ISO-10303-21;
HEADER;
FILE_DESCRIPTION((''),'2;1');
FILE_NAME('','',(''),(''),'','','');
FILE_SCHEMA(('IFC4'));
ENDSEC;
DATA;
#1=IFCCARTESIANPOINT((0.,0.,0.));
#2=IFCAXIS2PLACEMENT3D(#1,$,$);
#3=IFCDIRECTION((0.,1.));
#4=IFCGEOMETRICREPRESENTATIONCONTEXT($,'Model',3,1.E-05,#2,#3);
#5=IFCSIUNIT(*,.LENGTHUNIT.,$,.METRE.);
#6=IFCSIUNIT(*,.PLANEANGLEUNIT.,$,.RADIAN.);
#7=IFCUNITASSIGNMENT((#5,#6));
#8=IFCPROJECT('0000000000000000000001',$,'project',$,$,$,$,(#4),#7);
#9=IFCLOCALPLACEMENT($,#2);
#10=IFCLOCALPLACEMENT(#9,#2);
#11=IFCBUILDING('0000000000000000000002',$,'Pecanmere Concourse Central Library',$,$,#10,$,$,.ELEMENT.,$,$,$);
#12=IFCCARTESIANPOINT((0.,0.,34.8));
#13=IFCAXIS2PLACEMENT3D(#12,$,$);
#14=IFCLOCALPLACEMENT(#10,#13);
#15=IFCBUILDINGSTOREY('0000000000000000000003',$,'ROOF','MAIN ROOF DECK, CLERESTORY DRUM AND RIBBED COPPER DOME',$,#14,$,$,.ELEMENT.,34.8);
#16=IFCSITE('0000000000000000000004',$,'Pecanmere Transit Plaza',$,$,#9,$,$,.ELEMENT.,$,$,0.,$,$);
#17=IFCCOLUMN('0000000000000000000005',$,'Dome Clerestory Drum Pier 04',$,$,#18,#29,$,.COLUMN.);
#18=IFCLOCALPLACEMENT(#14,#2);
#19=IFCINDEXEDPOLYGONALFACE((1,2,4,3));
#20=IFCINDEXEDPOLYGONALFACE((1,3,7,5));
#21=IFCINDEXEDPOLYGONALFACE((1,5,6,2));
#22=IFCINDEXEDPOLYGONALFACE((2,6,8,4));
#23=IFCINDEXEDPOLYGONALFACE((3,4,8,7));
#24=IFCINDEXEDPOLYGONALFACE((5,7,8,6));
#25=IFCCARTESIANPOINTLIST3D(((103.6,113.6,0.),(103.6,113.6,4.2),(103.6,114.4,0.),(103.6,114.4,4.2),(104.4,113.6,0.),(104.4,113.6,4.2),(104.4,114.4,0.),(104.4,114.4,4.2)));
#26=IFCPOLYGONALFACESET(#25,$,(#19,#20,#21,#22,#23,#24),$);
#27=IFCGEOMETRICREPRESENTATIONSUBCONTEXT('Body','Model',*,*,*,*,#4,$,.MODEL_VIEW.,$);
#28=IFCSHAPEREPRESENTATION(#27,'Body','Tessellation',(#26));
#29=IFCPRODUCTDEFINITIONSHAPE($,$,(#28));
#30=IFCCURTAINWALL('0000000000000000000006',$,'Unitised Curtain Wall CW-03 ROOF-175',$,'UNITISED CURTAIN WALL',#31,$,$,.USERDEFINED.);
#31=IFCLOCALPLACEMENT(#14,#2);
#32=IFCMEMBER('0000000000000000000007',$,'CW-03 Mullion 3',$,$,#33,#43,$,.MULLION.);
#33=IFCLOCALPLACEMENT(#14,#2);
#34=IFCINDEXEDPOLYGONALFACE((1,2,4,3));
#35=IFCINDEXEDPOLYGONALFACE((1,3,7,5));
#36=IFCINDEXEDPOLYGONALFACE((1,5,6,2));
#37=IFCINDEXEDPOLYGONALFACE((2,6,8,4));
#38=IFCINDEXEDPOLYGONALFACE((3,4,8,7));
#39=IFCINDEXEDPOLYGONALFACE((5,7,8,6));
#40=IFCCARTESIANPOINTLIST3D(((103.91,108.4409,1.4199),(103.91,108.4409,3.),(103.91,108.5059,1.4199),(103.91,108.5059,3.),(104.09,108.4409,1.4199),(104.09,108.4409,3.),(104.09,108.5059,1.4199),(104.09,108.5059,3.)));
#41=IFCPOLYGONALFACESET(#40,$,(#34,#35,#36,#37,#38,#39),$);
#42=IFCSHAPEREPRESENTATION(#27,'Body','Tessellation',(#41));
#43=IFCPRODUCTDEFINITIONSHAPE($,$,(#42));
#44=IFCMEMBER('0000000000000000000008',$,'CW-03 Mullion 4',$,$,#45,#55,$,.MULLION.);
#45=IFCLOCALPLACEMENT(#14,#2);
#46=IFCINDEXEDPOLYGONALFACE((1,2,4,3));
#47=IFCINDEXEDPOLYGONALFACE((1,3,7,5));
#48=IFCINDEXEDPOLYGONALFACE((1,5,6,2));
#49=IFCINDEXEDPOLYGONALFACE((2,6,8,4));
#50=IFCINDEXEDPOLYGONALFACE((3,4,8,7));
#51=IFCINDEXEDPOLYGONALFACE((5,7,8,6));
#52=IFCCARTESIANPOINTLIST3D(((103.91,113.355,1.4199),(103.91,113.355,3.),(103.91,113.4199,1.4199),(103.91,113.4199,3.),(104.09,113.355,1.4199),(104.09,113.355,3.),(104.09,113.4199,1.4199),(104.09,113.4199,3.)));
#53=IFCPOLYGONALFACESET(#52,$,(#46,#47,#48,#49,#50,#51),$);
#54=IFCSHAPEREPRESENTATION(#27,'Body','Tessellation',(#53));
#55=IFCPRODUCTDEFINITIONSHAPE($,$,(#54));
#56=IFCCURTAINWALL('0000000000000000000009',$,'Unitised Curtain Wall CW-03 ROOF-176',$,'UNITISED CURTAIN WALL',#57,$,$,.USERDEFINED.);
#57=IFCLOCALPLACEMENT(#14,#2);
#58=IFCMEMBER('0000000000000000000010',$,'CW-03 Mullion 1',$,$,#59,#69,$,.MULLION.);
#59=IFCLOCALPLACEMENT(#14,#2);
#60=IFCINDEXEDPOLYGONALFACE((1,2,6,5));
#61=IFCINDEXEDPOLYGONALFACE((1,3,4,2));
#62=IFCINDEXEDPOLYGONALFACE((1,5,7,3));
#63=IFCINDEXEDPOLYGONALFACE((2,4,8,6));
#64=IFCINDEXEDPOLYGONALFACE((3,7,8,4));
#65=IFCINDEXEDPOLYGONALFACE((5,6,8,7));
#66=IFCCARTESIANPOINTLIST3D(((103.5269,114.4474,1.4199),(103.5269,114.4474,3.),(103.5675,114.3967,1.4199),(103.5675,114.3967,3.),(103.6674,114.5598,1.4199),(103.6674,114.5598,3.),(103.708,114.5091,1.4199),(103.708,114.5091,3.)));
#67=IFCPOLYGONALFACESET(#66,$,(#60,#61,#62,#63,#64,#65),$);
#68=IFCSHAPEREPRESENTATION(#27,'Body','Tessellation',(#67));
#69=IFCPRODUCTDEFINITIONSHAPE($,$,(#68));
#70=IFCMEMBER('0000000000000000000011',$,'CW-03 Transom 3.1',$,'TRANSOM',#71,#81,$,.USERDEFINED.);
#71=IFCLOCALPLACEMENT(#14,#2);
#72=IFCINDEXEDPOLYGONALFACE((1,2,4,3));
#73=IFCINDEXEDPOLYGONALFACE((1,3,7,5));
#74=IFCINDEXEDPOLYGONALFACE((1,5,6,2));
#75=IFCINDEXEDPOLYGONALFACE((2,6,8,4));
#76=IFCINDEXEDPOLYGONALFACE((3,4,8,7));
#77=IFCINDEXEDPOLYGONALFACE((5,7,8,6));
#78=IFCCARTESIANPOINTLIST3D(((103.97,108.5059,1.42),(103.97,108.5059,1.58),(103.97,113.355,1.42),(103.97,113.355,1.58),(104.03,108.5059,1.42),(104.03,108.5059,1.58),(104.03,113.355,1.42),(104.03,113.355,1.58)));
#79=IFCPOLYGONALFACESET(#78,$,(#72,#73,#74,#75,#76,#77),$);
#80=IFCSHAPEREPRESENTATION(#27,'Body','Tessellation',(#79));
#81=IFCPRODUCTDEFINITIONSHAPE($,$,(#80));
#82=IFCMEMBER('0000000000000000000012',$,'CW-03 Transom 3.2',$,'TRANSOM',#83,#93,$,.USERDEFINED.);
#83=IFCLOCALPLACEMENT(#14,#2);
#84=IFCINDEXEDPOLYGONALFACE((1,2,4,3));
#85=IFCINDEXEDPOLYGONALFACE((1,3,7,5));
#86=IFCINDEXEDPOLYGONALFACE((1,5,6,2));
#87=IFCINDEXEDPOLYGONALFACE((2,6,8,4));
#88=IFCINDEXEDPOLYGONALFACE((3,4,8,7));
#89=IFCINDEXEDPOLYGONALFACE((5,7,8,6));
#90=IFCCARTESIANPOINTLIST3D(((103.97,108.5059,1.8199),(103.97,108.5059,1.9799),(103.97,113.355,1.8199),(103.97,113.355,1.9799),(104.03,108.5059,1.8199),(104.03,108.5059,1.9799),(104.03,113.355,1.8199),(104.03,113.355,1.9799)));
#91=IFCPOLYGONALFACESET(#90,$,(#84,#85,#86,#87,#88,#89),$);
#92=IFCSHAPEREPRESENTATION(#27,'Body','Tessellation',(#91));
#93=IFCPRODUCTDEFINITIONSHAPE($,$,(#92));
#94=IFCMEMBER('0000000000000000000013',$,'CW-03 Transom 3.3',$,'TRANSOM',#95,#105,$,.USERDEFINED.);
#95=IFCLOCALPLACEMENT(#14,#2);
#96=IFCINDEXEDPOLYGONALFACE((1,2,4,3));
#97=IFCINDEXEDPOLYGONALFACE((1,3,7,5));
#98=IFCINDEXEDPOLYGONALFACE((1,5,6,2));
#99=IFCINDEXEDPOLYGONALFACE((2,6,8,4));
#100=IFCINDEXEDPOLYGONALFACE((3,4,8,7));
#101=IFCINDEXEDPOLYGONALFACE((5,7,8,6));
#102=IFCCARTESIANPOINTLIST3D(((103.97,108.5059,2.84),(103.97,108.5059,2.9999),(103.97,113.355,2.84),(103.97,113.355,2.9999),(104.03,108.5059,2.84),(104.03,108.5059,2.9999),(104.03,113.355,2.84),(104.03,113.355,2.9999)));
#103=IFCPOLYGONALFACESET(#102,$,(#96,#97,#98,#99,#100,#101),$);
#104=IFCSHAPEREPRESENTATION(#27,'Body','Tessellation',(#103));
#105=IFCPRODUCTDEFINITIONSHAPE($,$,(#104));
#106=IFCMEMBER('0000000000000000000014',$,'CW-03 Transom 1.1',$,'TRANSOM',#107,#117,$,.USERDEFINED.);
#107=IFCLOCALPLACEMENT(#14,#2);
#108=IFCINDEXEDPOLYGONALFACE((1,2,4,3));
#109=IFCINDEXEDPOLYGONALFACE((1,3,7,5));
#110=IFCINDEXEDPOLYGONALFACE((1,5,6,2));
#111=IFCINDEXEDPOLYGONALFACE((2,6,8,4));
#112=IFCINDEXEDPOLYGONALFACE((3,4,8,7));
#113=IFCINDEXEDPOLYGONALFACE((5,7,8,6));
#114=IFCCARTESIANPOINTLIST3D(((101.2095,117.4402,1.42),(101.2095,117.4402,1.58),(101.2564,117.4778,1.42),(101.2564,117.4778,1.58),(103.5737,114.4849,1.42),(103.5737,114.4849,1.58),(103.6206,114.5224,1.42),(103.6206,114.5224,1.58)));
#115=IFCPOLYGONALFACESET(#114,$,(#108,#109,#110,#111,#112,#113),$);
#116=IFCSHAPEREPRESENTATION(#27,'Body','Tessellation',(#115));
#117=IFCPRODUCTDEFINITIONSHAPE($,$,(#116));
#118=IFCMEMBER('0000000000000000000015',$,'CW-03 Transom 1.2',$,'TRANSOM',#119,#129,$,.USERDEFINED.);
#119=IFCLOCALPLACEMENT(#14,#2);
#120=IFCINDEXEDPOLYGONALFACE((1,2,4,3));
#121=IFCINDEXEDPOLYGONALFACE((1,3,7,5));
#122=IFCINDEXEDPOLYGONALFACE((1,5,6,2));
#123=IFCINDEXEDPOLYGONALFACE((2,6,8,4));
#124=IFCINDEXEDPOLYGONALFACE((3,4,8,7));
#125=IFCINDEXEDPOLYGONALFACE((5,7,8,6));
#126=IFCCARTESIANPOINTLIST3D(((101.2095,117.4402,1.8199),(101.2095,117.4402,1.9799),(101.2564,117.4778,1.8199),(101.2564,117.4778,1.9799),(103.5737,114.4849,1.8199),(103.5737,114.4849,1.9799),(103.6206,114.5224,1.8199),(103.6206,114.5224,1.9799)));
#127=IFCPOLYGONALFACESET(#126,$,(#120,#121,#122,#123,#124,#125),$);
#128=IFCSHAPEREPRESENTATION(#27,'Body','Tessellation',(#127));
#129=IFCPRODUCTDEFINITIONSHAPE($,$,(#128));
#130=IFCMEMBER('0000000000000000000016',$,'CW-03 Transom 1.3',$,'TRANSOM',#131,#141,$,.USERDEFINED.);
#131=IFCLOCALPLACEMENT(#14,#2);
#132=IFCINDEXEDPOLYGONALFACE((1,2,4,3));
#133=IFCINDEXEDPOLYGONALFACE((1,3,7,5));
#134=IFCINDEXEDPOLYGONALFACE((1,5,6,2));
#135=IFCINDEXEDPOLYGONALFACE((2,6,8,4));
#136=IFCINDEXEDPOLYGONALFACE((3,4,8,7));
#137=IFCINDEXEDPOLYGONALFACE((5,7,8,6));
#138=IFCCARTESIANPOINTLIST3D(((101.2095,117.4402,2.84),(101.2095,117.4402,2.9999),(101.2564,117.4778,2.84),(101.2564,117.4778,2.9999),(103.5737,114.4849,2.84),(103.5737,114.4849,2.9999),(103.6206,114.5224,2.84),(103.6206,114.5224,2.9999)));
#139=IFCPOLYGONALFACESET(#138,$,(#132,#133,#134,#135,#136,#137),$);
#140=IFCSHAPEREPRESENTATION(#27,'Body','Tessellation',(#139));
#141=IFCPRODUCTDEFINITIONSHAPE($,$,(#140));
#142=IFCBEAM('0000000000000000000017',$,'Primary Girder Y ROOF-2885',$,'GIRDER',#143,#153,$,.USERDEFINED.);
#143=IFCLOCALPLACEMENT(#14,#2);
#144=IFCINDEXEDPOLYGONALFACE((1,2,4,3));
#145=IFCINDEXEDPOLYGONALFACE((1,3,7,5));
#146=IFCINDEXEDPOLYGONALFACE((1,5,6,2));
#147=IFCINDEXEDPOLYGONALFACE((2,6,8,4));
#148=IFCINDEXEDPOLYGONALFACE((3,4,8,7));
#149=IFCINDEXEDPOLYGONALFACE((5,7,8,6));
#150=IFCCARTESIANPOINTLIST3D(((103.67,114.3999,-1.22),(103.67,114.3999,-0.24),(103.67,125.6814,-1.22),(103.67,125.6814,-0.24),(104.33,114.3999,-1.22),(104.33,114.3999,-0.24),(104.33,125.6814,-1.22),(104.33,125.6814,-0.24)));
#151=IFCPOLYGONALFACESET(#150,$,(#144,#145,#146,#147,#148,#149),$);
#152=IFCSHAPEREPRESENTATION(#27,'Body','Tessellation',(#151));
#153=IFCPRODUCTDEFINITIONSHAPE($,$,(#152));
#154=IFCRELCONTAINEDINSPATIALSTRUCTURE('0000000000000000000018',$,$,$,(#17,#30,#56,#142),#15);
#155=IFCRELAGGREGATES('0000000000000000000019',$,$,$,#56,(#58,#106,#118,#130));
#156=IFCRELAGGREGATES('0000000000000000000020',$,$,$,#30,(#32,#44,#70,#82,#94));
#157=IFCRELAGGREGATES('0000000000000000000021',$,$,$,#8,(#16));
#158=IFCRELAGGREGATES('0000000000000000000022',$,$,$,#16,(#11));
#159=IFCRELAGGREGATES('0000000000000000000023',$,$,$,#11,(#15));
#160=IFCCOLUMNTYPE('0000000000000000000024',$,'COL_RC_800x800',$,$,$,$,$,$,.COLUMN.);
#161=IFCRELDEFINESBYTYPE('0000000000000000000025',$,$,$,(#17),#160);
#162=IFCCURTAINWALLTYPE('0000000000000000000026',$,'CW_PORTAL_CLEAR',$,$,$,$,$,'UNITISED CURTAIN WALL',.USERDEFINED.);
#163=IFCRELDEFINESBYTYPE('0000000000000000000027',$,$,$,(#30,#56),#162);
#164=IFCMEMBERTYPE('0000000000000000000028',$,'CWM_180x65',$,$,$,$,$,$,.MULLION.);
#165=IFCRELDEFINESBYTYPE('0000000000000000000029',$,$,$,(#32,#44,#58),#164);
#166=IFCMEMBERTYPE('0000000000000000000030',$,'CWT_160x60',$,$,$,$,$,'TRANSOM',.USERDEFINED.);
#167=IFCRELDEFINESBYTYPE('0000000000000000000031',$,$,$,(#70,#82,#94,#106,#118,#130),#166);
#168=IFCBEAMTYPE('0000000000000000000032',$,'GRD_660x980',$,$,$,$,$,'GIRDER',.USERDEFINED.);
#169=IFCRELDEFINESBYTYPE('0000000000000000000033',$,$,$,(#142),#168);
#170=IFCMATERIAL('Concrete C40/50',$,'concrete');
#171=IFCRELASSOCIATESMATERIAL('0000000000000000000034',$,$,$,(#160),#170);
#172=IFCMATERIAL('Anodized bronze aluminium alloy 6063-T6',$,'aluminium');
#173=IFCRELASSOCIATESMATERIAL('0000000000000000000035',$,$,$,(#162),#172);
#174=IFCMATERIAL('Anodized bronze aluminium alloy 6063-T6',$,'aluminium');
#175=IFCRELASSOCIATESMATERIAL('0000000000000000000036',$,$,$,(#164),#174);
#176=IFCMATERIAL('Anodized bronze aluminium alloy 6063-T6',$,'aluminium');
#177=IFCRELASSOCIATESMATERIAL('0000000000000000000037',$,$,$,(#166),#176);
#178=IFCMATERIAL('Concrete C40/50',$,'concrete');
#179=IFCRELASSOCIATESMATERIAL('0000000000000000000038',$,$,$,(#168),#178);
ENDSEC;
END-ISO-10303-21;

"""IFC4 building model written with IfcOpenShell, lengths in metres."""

from ifc_helpers import new_model, si_unit, direction, frame, origin, origin_2d, place, context, subcontext, project, spatial, rectangle, extrude, material, material_profile, profile_set, type_object, element, aggregate, save


model = new_model("IFC4")

# Units and contexts
model_context = context("Model", 3, precision=1e-05, world=origin(), true_north=direction((0.0, 1.0)))
body_context = subcontext(model_context, "Body", "Model", "MODEL_VIEW")
ifc_project = project(units=[si_unit("LENGTHUNIT", "METRE"), si_unit("PLANEANGLEUNIT", "RADIAN")], contexts=[model_context])

# Site, building, storey
site_placement = place(None, origin())
site = spatial("IfcSite", under=ifc_project, at=site_placement, Name="Pecanmere Transit Plaza", CompositionType="ELEMENT", RefElevation=0.0)
building_placement = place(site_placement, origin())
building = spatial("IfcBuilding", under=site, at=building_placement, Name="Pecanmere Concourse Central Library", CompositionType="ELEMENT")
storey_placement = place(building_placement, frame((0.0, 0.0, 34.8)))
storey = spatial("IfcBuildingStorey", under=building, at=storey_placement, Name="ROOF", Description="MAIN ROOF DECK, CLERESTORY DRUM AND RIBBED COPPER DOME", CompositionType="ELEMENT", Elevation=34.8)

# Column
ifc_material_1 = material(Name="Concrete C40/50", Category="concrete")
ifc_material_profile_1 = material_profile(ifc_material_1, rectangle(XDim=0.8, YDim=0.8, at=origin_2d()), Name="RC 800x800")
ifc_profile_set_1 = profile_set([ifc_material_profile_1], Name="Concrete C40/50")
column_type = type_object("IfcColumnType", Name="COL_RC_800x800", PredefinedType="COLUMN", material=ifc_profile_set_1)
column_placement = place(storey_placement, frame((104.0, 114.0, 0.0), z_axis=(0.0, 0.0, 1.0), x_axis=(1.0, 0.0, 0.0)))
element("IfcColumn", 1, at=column_placement, inside=storey, type_object=column_type, Name="Dome Clerestory Drum Pier 04", PredefinedType="COLUMN", context=body_context, shape_type="SweptSolid", body=[
    extrude(rectangle(XDim=0.8, YDim=0.8, at=origin_2d()), origin(), (0.0, 0.0, 1.0), 4.2),
])

# Curtain wall, members
ifc_material_2 = material(Name="Anodized bronze aluminium alloy 6063-T6", Category="aluminium")
curtain_wall_type = type_object("IfcCurtainWallType", Name="CW_PORTAL_CLEAR", ElementType="UNITISED CURTAIN WALL", PredefinedType="USERDEFINED", material=ifc_material_2)
curtain_wall_1_placement = place(storey_placement, origin())
curtain_wall_1 = element("IfcCurtainWall", 2, at=curtain_wall_1_placement, inside=storey, type_object=curtain_wall_type, Name="Unitised Curtain Wall CW-03 ROOF-175", ObjectType="UNITISED CURTAIN WALL", PredefinedType="USERDEFINED")
ifc_material_3 = material(Name="Anodized bronze aluminium alloy 6063-T6", Category="aluminium")
ifc_material_profile_2 = material_profile(ifc_material_3, rectangle(XDim=0.0649, YDim=0.1799, at=origin_2d()), Name="AL 65x180")
ifc_profile_set_2 = profile_set([ifc_material_profile_2], Name="Anodized bronze aluminium alloy 6063-T6")
member_type_1 = type_object("IfcMemberType", Name="CWM_180x65", PredefinedType="MULLION", material=ifc_profile_set_2)
member_1_placement = place(storey_placement, frame((104.0, 108.4734, 1.4199), z_axis=(0.0, 0.0, 1.0), x_axis=(0.0, 1.0, 0.0)))
member_1 = element("IfcMember", 3, at=member_1_placement, type_object=member_type_1, Name="CW-03 Mullion 3", PredefinedType="MULLION", context=body_context, shape_type="SweptSolid", body=[
    extrude(rectangle(XDim=0.0649, YDim=0.1799, at=origin_2d()), origin(), (0.0, 0.0, 1.0), 1.5801),
])
member_2_placement = place(storey_placement, frame((104.0, 113.3875, 1.4199), z_axis=(0.0, 0.0, 1.0), x_axis=(0.0, 1.0, 0.0)))
member_2 = element("IfcMember", 4, at=member_2_placement, type_object=member_type_1, Name="CW-03 Mullion 4", PredefinedType="MULLION", context=body_context, shape_type="SweptSolid", body=[
    extrude(rectangle(XDim=0.0649, YDim=0.1799, at=origin_2d()), origin(), (0.0, 0.0, 1.0), 1.5801),
])

# Curtain wall, member
curtain_wall_2_placement = place(storey_placement, origin())
curtain_wall_2 = element("IfcCurtainWall", 5, at=curtain_wall_2_placement, inside=storey, type_object=curtain_wall_type, Name="Unitised Curtain Wall CW-03 ROOF-176", ObjectType="UNITISED CURTAIN WALL", PredefinedType="USERDEFINED")
member_3_placement = place(storey_placement, frame((103.6174, 114.4783, 1.4199), z_axis=(0.0, 0.0, 1.0), x_axis=(-0.624697, 0.780867, 0.0)))
member_3 = element("IfcMember", 6, at=member_3_placement, type_object=member_type_1, Name="CW-03 Mullion 1", PredefinedType="MULLION", context=body_context, shape_type="SweptSolid", body=[
    extrude(rectangle(XDim=0.0649, YDim=0.1799, at=origin_2d()), origin(), (0.0, 0.0, 1.0), 1.5801),
])

# Members
ifc_material_4 = material(Name="Anodized bronze aluminium alloy 6063-T6", Category="aluminium")
ifc_material_profile_3 = material_profile(ifc_material_4, rectangle(XDim=0.0601, YDim=0.1599, at=origin_2d()), Name="AL 60x160")
ifc_profile_set_3 = profile_set([ifc_material_profile_3], Name="Anodized bronze aluminium alloy 6063-T6")
member_type_2 = type_object("IfcMemberType", Name="CWT_160x60", ElementType="TRANSOM", PredefinedType="USERDEFINED", material=ifc_profile_set_3)
member_4_placement = place(storey_placement, frame((104.0, 108.5059, 1.5), z_axis=(0.0, 1.0, 0.0), x_axis=(-1.0, 0.0, 0.0)))
member_4 = element("IfcMember", 7, at=member_4_placement, type_object=member_type_2, Name="CW-03 Transom 3.1", ObjectType="TRANSOM", PredefinedType="USERDEFINED", context=body_context, shape_type="SweptSolid", body=[
    extrude(rectangle(XDim=0.0601, YDim=0.1599, at=origin_2d()), origin(), (0.0, 0.0, 1.0), 4.8491),
])
member_5_placement = place(storey_placement, frame((104.0, 108.5059, 1.8999), z_axis=(0.0, 1.0, 0.0), x_axis=(-1.0, 0.0, 0.0)))
member_5 = element("IfcMember", 8, at=member_5_placement, type_object=member_type_2, Name="CW-03 Transom 3.2", ObjectType="TRANSOM", PredefinedType="USERDEFINED", context=body_context, shape_type="SweptSolid", body=[
    extrude(rectangle(XDim=0.0601, YDim=0.1599, at=origin_2d()), origin(), (0.0, 0.0, 1.0), 4.8491),
])
member_6_placement = place(storey_placement, frame((104.0, 108.5059, 2.9199), z_axis=(0.0, 1.0, 0.0), x_axis=(-1.0, 0.0, 0.0)))
member_6 = element("IfcMember", 9, at=member_6_placement, type_object=member_type_2, Name="CW-03 Transom 3.3", ObjectType="TRANSOM", PredefinedType="USERDEFINED", context=body_context, shape_type="SweptSolid", body=[
    extrude(rectangle(XDim=0.0601, YDim=0.1599, at=origin_2d()), origin(), (0.0, 0.0, 1.0), 4.8491),
])
member_7_placement = place(storey_placement, frame((103.5972, 114.5037, 1.5), z_axis=(-0.624695, 0.780869, 0.0), x_axis=(-0.780869, -0.624695, 0.0)))
member_7 = element("IfcMember", 10, at=member_7_placement, type_object=member_type_2, Name="CW-03 Transom 1.1", ObjectType="TRANSOM", PredefinedType="USERDEFINED", context=body_context, shape_type="SweptSolid", body=[
    extrude(rectangle(XDim=0.0601, YDim=0.1599, at=origin_2d()), origin(), (0.0, 0.0, 1.0), 3.7847),
])
member_8_placement = place(storey_placement, frame((103.5972, 114.5037, 1.8999), z_axis=(-0.624695, 0.780869, 0.0), x_axis=(-0.780869, -0.624695, 0.0)))
member_8 = element("IfcMember", 11, at=member_8_placement, type_object=member_type_2, Name="CW-03 Transom 1.2", ObjectType="TRANSOM", PredefinedType="USERDEFINED", context=body_context, shape_type="SweptSolid", body=[
    extrude(rectangle(XDim=0.0601, YDim=0.1599, at=origin_2d()), origin(), (0.0, 0.0, 1.0), 3.7847),
])
member_9_placement = place(storey_placement, frame((103.5972, 114.5037, 2.9199), z_axis=(-0.624695, 0.780869, 0.0), x_axis=(-0.780869, -0.624695, 0.0)))
member_9 = element("IfcMember", 12, at=member_9_placement, type_object=member_type_2, Name="CW-03 Transom 1.3", ObjectType="TRANSOM", PredefinedType="USERDEFINED", context=body_context, shape_type="SweptSolid", body=[
    extrude(rectangle(XDim=0.0601, YDim=0.1599, at=origin_2d()), origin(), (0.0, 0.0, 1.0), 3.7847),
])
aggregate(curtain_wall_2, [member_3, member_7, member_8, member_9])

# Beam
ifc_material_5 = material(Name="Concrete C40/50", Category="concrete")
ifc_material_profile_4 = material_profile(ifc_material_5, rectangle(XDim=0.6599, YDim=0.98, at=origin_2d()), Name="RC 660x980")
ifc_profile_set_4 = profile_set([ifc_material_profile_4], Name="Concrete C40/50")
beam_type_1 = type_object("IfcBeamType", Name="GRD_660x980", ElementType="GIRDER", PredefinedType="USERDEFINED", material=ifc_profile_set_4)
beam_1_placement = place(storey_placement, frame((104.0, 114.3999, -0.73), z_axis=(0.0, 1.0, 0.0), x_axis=(-1.0, 0.0, 0.0)))
element("IfcBeam", 13, at=beam_1_placement, inside=storey, type_object=beam_type_1, Name="Primary Girder Y ROOF-2885", ObjectType="GIRDER", PredefinedType="USERDEFINED", context=body_context, shape_type="SweptSolid", body=[
    extrude(rectangle(XDim=0.6599, YDim=0.98, at=origin_2d()), origin(), (0.0, 0.0, 1.0), 11.2815),
])

aggregate(curtain_wall_1, [member_1, member_2, member_4, member_5, member_6])

save(model, "model.ifc")
